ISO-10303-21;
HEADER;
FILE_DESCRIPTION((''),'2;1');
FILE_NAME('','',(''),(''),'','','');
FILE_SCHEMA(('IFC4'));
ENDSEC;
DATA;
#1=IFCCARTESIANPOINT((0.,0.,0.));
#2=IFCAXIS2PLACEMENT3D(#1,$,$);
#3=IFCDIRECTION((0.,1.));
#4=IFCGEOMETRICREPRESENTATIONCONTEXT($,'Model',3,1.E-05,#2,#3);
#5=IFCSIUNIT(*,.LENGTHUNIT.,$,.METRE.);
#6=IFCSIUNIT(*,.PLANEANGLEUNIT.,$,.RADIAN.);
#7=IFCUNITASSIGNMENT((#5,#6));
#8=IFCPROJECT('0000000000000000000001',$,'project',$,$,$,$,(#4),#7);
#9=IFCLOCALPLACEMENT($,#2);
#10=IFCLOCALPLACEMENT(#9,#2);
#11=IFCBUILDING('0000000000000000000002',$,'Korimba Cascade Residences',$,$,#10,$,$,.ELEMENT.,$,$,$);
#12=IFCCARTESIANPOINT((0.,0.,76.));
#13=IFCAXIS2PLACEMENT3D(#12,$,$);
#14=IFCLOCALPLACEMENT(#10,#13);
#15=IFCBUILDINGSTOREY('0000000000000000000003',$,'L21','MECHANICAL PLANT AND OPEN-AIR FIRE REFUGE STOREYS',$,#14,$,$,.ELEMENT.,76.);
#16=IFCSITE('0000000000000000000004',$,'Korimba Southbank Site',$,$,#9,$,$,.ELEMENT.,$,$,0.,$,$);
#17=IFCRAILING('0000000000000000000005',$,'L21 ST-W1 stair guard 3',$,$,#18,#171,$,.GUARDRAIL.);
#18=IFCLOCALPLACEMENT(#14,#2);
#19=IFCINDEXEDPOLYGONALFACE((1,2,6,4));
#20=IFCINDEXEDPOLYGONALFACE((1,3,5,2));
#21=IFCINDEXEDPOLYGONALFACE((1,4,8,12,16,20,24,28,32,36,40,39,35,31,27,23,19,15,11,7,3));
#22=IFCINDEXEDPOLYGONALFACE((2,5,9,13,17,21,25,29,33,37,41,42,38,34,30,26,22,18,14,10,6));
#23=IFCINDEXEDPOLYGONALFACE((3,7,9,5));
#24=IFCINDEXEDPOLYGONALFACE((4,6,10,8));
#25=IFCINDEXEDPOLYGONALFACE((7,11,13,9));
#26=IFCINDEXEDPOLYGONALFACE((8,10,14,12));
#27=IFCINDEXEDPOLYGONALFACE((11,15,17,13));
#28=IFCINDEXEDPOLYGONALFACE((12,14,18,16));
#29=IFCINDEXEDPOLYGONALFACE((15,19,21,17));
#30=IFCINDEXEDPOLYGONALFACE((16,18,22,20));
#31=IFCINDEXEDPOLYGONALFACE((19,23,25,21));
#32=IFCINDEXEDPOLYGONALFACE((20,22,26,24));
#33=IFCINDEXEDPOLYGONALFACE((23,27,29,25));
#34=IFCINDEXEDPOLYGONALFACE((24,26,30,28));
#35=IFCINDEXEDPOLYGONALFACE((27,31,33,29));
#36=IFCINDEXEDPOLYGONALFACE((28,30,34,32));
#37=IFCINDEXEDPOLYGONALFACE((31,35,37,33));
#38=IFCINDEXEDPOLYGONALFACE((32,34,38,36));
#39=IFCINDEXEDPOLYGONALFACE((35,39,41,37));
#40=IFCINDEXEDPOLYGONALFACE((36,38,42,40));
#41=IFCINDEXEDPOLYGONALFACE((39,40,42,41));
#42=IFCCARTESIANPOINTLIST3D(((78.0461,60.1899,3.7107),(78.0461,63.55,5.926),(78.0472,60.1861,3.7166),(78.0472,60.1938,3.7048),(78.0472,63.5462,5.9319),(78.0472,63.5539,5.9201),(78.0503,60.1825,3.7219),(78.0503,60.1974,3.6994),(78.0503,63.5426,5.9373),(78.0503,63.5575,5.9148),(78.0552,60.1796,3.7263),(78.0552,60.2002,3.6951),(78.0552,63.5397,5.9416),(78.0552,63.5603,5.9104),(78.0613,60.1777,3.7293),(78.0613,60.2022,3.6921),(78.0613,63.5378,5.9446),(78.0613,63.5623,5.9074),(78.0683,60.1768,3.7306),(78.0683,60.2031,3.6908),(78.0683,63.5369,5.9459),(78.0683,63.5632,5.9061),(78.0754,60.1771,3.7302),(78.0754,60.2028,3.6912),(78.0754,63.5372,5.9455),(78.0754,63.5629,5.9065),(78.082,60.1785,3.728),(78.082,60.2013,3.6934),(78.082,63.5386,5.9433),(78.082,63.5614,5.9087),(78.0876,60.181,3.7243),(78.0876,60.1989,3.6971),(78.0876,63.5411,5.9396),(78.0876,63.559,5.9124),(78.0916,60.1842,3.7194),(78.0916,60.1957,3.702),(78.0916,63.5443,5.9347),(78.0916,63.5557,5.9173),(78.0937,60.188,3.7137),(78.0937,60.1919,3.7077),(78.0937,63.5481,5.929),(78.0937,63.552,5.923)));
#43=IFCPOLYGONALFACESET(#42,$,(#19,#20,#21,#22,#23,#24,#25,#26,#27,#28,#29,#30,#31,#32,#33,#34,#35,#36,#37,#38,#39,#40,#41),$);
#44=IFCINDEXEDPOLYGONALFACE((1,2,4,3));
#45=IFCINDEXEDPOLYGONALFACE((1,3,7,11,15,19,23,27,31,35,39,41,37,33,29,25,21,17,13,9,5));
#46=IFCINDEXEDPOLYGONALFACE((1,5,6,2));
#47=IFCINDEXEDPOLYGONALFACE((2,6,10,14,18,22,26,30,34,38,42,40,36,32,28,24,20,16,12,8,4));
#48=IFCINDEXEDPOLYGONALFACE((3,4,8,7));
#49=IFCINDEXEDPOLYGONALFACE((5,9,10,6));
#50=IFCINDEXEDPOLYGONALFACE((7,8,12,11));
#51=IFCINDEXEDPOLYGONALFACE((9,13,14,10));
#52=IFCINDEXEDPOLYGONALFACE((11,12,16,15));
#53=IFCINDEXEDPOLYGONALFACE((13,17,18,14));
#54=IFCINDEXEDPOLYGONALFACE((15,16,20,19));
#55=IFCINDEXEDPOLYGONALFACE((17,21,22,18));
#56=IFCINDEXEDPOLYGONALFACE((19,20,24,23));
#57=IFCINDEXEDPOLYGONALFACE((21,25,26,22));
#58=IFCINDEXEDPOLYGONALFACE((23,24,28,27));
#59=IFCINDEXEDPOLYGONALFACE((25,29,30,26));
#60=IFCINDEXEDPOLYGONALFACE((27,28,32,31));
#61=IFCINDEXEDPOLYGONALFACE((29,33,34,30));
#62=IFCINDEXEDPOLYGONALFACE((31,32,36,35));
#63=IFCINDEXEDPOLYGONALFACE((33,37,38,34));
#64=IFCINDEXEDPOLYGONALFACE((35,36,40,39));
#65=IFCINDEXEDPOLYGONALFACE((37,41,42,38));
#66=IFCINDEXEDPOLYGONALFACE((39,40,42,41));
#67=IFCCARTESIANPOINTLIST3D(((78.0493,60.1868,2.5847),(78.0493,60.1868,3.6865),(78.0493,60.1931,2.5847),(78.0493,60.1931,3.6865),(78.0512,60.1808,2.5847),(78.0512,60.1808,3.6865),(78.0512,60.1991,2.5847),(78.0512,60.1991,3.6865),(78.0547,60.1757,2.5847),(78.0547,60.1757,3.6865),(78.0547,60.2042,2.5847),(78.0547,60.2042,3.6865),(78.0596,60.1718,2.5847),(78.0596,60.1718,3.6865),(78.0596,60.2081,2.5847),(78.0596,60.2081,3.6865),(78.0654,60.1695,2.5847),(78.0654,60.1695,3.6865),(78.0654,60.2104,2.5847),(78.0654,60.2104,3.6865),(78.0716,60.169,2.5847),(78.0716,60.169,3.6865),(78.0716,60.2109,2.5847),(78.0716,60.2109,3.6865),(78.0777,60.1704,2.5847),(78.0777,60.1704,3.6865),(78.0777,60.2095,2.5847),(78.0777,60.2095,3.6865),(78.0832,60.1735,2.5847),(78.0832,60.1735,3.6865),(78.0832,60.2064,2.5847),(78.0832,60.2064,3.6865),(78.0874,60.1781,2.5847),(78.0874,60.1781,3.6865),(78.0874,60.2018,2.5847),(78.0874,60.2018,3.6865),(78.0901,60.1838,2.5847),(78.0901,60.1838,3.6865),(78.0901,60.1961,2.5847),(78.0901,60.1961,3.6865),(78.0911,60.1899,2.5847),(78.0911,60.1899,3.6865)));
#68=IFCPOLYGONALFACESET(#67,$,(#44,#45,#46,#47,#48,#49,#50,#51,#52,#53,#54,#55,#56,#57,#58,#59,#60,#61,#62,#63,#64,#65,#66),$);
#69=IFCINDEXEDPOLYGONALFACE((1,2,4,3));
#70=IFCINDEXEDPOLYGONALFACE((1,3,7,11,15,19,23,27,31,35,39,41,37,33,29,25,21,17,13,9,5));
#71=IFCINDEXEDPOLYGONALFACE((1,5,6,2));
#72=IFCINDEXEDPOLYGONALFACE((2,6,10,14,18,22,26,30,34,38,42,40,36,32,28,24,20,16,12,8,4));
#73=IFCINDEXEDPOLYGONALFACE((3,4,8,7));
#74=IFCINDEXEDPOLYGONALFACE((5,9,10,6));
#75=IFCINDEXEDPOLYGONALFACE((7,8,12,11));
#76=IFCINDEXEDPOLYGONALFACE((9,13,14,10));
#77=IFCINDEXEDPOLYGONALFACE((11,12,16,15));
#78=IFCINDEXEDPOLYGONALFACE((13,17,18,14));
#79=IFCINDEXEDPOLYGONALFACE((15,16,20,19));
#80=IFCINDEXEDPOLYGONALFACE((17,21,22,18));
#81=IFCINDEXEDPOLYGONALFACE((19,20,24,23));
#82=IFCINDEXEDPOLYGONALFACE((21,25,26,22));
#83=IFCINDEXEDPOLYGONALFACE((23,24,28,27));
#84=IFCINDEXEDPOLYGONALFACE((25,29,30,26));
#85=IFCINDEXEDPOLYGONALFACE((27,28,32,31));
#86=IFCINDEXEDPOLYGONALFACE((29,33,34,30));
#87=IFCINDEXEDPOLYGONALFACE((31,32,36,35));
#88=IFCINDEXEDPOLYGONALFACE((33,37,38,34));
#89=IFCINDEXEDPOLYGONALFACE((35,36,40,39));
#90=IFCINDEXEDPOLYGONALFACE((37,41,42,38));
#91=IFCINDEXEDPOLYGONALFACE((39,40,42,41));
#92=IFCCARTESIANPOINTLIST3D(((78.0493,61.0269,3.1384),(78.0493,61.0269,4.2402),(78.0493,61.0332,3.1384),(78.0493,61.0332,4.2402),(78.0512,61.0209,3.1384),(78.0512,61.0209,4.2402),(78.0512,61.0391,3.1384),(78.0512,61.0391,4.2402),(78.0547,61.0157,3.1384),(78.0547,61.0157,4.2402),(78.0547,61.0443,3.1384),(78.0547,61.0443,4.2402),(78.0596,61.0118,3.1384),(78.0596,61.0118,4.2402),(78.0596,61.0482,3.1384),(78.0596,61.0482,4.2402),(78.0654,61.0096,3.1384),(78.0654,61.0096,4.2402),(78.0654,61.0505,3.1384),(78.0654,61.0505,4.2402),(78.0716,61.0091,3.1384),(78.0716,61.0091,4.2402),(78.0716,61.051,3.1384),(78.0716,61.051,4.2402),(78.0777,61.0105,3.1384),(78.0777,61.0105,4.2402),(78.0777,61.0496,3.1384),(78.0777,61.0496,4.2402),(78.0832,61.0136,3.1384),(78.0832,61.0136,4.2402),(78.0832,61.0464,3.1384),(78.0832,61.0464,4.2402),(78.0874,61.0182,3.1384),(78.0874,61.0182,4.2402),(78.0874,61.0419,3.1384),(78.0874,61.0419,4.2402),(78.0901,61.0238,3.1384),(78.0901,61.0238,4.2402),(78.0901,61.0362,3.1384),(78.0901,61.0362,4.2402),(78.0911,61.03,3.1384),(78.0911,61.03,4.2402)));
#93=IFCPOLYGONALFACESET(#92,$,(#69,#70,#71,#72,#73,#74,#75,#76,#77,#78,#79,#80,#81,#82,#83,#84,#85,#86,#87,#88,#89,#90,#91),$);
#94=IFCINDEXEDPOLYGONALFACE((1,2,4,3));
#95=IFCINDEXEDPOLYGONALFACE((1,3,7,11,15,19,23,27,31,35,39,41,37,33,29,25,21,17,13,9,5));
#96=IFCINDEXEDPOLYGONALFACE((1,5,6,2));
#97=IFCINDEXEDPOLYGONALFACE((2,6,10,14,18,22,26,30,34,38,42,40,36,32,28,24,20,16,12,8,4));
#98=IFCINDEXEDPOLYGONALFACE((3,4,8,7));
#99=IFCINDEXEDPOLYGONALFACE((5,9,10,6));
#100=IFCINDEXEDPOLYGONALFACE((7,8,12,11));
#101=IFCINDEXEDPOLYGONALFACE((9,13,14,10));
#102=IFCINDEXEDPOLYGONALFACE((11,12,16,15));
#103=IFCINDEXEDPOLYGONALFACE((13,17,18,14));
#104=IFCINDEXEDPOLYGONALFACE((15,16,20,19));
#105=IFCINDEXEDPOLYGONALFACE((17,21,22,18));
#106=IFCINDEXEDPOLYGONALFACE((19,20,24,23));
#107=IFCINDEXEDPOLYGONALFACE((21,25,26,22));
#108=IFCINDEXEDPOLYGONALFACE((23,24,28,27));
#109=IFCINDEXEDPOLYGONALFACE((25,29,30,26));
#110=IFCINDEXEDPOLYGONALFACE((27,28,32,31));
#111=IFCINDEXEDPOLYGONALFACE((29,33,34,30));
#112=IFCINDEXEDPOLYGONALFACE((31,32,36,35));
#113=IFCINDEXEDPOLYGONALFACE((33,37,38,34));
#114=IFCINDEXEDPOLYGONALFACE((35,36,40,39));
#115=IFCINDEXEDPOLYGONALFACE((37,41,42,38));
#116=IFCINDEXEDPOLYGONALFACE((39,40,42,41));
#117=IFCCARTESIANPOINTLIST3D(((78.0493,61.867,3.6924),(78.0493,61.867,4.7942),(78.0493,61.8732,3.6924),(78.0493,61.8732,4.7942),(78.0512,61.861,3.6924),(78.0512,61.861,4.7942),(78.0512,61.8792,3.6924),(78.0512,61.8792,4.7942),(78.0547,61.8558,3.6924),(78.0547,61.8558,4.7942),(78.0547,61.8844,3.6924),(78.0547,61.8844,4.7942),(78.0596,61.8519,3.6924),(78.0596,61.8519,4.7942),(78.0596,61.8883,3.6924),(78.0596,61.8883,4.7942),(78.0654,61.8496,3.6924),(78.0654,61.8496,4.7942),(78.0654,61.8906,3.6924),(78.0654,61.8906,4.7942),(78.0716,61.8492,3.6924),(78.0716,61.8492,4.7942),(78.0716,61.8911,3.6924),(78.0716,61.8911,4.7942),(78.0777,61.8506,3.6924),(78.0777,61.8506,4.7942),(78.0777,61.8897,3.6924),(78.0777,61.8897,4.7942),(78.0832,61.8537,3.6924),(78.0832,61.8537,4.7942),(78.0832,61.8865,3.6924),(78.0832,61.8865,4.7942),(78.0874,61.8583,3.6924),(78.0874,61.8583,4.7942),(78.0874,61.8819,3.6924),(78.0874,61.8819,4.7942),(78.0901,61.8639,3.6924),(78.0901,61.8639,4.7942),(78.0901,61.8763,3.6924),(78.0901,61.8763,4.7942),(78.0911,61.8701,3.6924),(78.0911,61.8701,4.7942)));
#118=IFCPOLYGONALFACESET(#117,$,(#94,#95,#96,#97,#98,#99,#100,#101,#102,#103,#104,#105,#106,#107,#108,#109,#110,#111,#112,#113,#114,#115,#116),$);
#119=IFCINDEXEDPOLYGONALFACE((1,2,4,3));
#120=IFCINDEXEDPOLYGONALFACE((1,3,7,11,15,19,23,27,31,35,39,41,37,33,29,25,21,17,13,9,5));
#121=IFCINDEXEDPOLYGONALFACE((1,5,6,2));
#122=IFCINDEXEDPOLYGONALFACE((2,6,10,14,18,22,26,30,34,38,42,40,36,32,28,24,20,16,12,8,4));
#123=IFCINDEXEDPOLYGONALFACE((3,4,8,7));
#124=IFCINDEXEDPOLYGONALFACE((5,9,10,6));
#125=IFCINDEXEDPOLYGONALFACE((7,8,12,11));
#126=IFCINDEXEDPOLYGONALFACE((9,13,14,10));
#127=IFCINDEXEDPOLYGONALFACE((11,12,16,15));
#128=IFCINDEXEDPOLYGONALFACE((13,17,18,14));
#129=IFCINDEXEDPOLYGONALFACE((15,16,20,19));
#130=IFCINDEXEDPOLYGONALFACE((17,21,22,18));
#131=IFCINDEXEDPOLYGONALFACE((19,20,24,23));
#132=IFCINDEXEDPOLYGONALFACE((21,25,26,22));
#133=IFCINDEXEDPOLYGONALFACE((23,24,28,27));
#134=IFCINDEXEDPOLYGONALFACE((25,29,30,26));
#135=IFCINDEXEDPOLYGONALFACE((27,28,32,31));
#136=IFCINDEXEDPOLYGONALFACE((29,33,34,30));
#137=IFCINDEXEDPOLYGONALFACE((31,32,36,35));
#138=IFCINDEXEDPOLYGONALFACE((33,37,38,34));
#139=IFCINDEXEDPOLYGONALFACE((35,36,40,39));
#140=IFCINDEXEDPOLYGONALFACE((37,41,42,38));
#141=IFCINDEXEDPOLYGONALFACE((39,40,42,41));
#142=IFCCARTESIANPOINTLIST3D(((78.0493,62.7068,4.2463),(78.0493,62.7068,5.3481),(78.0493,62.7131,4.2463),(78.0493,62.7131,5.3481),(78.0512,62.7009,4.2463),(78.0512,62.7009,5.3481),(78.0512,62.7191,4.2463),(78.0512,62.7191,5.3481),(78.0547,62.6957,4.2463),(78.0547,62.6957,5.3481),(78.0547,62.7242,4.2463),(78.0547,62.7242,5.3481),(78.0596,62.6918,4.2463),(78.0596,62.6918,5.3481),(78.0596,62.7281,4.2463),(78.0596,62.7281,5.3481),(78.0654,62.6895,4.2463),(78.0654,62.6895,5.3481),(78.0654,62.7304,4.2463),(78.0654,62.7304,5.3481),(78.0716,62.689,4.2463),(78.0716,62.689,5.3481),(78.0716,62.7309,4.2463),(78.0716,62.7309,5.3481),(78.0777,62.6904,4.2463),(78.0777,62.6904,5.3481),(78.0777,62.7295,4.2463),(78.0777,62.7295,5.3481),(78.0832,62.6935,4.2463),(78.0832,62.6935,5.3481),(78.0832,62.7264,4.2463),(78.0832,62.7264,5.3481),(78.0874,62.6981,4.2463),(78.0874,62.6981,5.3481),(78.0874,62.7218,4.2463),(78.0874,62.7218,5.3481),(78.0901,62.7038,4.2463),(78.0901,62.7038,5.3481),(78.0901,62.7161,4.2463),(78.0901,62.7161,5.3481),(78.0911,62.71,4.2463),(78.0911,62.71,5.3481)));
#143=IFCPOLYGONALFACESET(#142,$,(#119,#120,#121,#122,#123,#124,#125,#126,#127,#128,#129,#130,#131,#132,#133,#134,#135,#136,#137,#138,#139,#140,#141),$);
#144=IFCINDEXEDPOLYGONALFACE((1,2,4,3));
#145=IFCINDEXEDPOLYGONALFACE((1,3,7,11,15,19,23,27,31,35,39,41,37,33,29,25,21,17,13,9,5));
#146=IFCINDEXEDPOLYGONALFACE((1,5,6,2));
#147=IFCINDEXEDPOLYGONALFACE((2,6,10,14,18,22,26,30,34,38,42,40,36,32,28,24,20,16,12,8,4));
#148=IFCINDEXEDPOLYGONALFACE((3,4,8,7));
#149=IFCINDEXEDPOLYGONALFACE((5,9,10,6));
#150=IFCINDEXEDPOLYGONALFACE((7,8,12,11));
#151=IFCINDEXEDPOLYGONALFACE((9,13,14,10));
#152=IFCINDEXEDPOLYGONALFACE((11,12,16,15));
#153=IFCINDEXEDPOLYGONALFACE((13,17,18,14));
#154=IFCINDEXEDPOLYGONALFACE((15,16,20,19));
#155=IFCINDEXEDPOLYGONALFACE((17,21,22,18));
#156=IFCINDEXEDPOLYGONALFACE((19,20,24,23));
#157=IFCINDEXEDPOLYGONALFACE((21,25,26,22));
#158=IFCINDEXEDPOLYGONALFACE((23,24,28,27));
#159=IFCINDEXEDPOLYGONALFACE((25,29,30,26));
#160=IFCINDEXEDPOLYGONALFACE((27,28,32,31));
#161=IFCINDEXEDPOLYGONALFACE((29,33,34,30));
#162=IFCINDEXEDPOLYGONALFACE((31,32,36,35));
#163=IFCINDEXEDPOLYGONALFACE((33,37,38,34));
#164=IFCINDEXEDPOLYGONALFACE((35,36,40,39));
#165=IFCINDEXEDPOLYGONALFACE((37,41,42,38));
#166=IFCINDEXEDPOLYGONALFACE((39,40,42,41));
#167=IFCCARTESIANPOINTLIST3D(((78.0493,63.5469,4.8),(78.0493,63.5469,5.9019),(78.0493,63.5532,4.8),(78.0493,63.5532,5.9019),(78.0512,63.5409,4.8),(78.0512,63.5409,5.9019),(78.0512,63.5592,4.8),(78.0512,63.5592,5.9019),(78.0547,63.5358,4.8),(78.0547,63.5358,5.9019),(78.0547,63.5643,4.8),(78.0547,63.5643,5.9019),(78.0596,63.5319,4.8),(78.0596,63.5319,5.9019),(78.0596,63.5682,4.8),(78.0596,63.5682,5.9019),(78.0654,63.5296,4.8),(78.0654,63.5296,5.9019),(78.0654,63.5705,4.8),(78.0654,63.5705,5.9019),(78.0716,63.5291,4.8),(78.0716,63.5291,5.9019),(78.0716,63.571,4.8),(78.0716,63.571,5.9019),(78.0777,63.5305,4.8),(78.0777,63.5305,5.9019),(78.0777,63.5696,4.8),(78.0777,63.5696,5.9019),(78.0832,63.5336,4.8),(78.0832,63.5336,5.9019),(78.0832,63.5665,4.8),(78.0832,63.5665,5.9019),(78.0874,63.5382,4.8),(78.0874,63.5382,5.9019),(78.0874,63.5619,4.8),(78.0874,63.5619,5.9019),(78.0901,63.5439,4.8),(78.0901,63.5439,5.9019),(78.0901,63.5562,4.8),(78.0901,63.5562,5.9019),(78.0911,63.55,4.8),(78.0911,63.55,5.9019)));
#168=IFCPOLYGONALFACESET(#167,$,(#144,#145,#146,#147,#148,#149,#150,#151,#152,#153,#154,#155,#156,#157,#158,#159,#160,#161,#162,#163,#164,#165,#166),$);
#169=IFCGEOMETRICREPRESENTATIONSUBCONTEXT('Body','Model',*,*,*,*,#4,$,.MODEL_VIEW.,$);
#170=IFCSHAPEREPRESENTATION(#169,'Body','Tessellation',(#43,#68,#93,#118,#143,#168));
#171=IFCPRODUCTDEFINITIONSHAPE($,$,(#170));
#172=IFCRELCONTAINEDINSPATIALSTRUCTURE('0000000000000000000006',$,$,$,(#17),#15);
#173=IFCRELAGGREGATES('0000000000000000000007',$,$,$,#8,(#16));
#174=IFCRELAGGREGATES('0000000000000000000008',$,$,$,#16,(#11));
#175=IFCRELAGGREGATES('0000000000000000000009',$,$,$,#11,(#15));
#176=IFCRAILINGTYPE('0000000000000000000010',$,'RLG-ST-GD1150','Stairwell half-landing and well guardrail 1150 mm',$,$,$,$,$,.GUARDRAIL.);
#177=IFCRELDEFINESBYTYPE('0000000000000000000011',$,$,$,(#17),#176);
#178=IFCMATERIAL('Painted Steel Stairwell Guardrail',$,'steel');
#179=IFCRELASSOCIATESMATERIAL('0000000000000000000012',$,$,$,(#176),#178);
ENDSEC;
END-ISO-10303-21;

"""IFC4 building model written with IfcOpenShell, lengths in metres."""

from ifc_helpers import new_model, si_unit, direction, frame, origin, origin_2d, place, context, subcontext, project, spatial, circle, extrude, material, type_object, element, save


model = new_model("IFC4")

# Units and contexts
model_context = context("Model", 3, precision=1e-05, world=origin(), true_north=direction((0.0, 1.0)))
body_context = subcontext(model_context, "Body", "Model", "MODEL_VIEW")
ifc_project = project(units=[si_unit("LENGTHUNIT", "METRE"), si_unit("PLANEANGLEUNIT", "RADIAN")], contexts=[model_context])

# Site, building, storey
site_placement = place(None, origin())
site = spatial("IfcSite", under=ifc_project, at=site_placement, Name="Korimba Southbank Site", CompositionType="ELEMENT", RefElevation=0.0)
building_placement = place(site_placement, origin())
building = spatial("IfcBuilding", under=site, at=building_placement, Name="Korimba Cascade Residences", CompositionType="ELEMENT")
storey_placement = place(building_placement, frame((0.0, 0.0, 76.0)))
storey = spatial("IfcBuildingStorey", under=building, at=storey_placement, Name="L21", Description="MECHANICAL PLANT AND OPEN-AIR FIRE REFUGE STOREYS", CompositionType="ELEMENT", Elevation=76.0)

# Railing
ifc_material_1 = material(Name="Painted Steel Stairwell Guardrail", Category="steel")
railing_type_1 = type_object("IfcRailingType", Name="RLG-ST-GD1150", Description="Stairwell half-landing and well guardrail 1150 mm", PredefinedType="GUARDRAIL", material=ifc_material_1)
railing_1_placement = place(storey_placement, frame((78.0701, 60.1899, 2.5847)))
element("IfcRailing", 1, at=railing_1_placement, inside=storey, type_object=railing_type_1, Name="L21 ST-W1 stair guard 3", PredefinedType="GUARDRAIL", context=body_context, shape_type="SweptSolid", body=[
    extrude(circle(Radius=0.0239, at=origin_2d()), frame((0.0, 0.0, 1.126), z_axis=(0.0, 0.834876, 0.550437), x_axis=(-1.0, 0.0, 0.0)), (0.0, 0.0, 1.0), 4.0247),
    extrude(circle(Radius=0.021, at=origin_2d()), origin(), (0.0, 0.0, 1.0), 1.1018),
    extrude(circle(Radius=0.021, at=origin_2d()), frame((0.0, 0.8401, 0.5537)), (0.0, 0.0, 1.0), 1.1018),
    extrude(circle(Radius=0.021, at=origin_2d()), frame((0.0, 1.6802, 1.1077)), (0.0, 0.0, 1.0), 1.1018),
    extrude(circle(Radius=0.021, at=origin_2d()), frame((0.0, 2.52, 1.6616)), (0.0, 0.0, 1.0), 1.1018),
    extrude(circle(Radius=0.021, at=origin_2d()), frame((0.0, 3.3601, 2.2153)), (0.0, 0.0, 1.0), 1.1018),
])

save(model, "model.ifc")
